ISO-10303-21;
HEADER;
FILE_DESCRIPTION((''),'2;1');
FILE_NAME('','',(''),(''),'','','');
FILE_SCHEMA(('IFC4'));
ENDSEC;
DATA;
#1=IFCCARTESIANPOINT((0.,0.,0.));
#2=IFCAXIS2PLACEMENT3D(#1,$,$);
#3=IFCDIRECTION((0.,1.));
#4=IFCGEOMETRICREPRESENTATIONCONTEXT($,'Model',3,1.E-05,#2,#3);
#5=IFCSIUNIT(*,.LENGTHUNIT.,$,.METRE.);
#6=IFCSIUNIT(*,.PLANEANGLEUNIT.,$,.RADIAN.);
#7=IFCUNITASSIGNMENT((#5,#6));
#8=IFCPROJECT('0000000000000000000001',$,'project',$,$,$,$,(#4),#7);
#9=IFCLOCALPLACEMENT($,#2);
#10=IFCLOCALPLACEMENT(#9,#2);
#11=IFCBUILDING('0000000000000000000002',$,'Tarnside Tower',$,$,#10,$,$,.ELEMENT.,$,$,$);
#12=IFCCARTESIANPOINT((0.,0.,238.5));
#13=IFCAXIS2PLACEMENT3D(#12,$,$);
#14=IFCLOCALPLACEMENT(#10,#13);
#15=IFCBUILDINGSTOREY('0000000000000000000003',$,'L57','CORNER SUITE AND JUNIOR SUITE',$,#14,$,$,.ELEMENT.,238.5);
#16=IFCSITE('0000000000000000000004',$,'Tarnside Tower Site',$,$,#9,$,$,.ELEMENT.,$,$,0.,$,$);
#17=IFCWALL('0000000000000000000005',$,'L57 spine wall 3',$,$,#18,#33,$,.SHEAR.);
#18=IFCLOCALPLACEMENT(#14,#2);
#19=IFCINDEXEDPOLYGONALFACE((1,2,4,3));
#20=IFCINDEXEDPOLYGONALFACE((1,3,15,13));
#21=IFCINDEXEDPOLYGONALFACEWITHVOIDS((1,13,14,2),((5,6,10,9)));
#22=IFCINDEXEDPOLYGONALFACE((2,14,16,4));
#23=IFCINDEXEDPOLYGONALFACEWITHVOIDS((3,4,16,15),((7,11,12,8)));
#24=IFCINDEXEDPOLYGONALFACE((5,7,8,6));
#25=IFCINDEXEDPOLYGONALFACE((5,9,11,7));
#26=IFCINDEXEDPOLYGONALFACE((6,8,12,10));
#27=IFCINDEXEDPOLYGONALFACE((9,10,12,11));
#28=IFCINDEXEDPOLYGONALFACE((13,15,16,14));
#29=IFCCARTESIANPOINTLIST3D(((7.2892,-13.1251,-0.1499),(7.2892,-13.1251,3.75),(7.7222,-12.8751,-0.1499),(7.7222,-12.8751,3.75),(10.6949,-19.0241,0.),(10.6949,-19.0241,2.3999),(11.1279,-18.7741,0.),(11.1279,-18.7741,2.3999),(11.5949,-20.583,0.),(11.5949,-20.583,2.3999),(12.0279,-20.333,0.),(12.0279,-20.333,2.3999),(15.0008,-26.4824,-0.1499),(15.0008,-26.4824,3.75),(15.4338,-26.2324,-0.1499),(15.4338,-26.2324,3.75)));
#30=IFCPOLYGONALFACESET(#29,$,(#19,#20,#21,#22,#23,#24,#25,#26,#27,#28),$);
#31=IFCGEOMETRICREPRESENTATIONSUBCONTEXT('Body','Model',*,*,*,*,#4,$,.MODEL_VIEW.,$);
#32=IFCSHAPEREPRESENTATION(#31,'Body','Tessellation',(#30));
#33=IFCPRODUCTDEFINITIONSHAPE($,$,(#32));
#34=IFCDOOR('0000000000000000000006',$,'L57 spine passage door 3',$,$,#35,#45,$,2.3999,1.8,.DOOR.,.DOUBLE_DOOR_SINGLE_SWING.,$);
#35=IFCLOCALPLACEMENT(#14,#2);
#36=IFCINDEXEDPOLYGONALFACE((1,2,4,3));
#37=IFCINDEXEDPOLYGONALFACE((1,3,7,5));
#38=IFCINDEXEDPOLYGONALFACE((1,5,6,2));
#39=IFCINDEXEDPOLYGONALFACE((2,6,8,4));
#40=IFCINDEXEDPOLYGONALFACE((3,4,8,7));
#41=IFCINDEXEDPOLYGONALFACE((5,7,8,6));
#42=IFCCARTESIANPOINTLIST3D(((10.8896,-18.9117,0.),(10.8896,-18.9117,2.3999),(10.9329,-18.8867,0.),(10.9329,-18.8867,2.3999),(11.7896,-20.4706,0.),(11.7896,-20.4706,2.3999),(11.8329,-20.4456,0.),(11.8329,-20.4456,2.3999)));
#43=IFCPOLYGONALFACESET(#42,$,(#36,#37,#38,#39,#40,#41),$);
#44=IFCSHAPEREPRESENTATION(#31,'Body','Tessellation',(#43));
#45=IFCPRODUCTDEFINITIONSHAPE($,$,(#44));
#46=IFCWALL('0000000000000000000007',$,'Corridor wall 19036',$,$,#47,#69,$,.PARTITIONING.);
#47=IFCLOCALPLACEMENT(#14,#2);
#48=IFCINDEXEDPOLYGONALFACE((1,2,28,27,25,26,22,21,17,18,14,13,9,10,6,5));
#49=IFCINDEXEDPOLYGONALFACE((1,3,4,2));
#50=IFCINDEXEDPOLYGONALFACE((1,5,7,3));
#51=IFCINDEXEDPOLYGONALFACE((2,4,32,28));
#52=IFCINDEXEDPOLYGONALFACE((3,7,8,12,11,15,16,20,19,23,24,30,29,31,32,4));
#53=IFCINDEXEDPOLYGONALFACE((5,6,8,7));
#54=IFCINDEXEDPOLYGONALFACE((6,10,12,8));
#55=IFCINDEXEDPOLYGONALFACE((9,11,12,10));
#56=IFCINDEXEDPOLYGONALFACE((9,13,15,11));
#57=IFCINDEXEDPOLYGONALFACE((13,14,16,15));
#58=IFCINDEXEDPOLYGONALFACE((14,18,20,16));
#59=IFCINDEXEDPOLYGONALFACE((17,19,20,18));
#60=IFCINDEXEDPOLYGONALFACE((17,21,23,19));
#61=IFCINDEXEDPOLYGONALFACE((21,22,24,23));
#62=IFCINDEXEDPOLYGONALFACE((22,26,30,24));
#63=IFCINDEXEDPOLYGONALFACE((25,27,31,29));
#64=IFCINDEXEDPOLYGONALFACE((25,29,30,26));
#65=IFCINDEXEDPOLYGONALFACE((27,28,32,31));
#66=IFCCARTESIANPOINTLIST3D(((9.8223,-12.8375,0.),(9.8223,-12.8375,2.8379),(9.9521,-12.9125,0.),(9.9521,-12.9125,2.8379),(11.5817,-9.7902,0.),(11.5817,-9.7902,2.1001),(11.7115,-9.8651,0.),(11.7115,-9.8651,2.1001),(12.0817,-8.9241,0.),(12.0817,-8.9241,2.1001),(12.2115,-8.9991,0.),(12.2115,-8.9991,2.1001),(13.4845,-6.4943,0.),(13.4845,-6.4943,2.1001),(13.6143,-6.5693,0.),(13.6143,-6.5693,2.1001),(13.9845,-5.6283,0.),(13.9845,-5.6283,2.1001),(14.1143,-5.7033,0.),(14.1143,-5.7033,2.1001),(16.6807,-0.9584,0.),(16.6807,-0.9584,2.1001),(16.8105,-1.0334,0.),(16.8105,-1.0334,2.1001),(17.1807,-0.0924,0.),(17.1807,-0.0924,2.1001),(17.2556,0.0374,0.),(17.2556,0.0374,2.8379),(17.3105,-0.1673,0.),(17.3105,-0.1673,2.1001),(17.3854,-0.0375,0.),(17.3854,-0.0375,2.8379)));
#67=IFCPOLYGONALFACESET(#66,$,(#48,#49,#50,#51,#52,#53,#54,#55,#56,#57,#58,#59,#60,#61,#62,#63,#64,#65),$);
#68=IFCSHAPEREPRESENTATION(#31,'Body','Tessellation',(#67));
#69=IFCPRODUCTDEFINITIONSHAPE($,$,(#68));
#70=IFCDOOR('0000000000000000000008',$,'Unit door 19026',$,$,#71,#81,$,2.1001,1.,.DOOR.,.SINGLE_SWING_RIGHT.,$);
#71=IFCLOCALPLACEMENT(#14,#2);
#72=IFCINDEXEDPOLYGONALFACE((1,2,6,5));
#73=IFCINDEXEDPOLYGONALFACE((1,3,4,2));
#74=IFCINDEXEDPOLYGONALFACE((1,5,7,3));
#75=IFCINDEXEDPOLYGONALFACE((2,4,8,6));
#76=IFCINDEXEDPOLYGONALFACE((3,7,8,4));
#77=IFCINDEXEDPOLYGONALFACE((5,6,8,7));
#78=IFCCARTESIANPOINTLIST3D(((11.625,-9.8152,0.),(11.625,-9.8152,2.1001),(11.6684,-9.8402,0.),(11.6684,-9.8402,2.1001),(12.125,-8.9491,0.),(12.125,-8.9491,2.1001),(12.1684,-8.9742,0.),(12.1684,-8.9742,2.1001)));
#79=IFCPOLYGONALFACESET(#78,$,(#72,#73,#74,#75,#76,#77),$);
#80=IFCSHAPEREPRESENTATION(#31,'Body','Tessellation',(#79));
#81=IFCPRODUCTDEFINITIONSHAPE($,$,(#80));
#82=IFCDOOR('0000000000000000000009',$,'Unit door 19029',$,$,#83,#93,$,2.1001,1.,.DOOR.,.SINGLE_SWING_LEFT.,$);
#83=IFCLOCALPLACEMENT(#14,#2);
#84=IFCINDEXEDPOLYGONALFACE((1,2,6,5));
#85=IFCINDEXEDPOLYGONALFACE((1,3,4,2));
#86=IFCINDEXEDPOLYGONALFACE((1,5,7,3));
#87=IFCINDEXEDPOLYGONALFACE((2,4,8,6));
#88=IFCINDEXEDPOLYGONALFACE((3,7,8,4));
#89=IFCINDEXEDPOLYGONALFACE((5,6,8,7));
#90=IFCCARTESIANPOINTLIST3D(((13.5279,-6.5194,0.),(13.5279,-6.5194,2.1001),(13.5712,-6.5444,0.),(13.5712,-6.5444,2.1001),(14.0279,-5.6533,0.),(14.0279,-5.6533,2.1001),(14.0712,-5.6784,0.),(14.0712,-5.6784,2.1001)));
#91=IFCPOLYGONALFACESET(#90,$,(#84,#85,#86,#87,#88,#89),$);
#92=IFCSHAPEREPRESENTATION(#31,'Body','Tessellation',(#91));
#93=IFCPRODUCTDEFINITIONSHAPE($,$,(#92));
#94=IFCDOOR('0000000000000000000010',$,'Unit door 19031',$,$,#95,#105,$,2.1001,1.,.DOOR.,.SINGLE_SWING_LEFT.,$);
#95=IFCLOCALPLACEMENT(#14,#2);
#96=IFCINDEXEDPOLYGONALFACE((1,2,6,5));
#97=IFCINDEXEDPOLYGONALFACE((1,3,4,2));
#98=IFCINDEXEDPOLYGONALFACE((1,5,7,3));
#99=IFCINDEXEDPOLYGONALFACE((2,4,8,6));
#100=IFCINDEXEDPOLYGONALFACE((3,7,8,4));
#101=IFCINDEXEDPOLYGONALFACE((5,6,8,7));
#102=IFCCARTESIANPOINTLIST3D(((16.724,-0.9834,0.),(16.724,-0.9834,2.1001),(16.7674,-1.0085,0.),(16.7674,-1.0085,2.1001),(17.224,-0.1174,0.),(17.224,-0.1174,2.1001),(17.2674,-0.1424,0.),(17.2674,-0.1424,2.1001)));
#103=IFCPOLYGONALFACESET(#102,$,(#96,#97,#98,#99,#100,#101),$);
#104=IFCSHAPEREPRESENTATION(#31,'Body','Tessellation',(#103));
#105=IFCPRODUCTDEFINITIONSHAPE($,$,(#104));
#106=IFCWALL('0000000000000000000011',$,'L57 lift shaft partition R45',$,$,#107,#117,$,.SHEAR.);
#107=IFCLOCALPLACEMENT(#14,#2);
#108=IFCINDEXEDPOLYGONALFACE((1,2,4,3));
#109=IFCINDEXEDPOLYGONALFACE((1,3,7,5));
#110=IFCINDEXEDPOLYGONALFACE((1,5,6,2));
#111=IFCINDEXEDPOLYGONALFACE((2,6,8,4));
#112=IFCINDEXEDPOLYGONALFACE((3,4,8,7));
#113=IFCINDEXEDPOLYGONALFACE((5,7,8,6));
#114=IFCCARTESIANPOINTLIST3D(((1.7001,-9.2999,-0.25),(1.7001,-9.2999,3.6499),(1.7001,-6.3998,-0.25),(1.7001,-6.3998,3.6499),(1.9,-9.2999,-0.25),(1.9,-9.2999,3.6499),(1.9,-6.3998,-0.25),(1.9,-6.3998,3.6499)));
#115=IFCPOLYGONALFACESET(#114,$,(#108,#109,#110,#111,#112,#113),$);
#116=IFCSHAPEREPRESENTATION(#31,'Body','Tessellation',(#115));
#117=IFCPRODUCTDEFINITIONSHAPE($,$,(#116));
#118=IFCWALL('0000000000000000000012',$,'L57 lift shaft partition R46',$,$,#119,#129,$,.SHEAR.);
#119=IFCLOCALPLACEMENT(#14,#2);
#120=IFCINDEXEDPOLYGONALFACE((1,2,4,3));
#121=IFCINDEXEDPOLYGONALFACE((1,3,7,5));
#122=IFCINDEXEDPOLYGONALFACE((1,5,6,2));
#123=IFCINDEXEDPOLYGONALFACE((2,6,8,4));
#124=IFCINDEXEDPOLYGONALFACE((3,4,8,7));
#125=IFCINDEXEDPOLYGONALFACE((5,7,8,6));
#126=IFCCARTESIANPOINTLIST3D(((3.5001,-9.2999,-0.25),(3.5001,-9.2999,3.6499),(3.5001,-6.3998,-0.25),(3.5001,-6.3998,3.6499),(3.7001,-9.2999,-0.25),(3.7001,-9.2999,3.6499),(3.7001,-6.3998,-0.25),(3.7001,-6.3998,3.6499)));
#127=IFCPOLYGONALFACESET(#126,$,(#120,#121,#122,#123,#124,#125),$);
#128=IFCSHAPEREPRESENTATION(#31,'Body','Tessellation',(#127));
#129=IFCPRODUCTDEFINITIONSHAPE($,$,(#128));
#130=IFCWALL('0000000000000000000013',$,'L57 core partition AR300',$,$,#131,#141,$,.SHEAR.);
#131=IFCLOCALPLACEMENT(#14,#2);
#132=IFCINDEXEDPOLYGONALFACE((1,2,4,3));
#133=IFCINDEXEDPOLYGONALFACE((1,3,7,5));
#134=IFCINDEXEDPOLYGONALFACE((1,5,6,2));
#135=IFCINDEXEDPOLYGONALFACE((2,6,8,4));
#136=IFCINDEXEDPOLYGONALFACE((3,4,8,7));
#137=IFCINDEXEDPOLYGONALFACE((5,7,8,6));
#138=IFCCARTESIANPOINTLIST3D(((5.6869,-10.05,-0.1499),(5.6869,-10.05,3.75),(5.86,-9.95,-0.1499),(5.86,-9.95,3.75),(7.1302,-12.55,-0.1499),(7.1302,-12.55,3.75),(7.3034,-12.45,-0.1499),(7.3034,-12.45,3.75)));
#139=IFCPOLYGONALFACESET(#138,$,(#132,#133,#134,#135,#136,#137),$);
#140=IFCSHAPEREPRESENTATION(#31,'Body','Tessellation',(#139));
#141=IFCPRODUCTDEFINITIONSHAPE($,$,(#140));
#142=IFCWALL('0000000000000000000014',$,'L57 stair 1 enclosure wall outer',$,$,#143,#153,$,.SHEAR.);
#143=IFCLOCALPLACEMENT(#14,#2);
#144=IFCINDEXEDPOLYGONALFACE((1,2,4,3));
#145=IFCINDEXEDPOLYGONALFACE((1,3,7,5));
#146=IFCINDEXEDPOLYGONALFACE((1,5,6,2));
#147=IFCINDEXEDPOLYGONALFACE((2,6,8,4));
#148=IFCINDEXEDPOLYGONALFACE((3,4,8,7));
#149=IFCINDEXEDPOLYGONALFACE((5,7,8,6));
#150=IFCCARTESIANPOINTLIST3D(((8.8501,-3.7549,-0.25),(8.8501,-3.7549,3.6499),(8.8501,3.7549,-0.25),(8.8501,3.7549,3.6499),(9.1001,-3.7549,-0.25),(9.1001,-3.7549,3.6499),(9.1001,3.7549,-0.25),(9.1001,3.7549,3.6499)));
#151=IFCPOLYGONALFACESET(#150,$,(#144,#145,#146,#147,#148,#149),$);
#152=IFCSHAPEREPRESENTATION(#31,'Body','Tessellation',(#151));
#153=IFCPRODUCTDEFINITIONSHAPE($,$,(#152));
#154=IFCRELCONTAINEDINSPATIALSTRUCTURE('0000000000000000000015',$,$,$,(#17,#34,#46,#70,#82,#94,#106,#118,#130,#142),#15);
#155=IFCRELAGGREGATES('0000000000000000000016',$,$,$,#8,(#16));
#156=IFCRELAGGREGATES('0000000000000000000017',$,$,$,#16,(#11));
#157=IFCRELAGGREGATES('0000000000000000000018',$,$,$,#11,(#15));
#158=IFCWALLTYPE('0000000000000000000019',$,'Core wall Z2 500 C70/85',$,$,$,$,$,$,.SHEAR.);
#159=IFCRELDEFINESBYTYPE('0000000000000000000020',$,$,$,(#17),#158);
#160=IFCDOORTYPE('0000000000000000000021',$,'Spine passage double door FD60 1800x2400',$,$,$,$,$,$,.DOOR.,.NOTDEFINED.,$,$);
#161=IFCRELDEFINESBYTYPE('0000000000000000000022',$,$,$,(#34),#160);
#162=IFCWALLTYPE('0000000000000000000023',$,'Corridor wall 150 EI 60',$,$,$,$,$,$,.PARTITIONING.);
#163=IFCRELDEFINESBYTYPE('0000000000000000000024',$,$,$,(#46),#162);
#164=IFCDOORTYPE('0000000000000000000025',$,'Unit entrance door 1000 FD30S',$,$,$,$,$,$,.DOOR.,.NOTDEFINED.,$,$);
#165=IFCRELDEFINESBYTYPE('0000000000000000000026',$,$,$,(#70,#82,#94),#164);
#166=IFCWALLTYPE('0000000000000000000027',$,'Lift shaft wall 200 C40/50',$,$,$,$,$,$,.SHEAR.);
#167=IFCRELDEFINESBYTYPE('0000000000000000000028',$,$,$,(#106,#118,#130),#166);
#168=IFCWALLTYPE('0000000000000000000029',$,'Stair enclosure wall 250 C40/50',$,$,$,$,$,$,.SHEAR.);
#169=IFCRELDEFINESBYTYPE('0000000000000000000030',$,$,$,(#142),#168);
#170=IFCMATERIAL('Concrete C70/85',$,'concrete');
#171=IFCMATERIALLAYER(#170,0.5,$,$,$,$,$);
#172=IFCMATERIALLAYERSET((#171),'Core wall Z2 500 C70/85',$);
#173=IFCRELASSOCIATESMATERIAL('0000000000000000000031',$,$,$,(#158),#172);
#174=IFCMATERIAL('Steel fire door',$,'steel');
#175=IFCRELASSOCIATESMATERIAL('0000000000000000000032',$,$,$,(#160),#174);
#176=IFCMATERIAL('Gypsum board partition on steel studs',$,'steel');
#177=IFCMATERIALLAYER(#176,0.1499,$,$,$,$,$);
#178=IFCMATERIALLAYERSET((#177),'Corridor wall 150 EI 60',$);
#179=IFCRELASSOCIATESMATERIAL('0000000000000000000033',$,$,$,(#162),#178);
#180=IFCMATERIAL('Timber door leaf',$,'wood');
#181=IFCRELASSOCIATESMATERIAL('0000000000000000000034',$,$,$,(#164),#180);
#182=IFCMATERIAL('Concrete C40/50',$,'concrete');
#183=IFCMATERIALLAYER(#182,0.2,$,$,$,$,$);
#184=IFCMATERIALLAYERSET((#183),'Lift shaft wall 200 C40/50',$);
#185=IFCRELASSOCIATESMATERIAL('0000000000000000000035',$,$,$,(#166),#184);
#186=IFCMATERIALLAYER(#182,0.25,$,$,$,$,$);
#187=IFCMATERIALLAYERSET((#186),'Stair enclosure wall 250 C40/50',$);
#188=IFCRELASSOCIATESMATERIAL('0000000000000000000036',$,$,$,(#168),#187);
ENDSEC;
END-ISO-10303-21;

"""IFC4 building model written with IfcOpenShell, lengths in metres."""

from ifc_helpers import new_model, si_unit, direction, frame, frame_2d, origin, place, context, subcontext, project, spatial, rectangle, extrude, material, layer, layer_set, type_object, element, fill, save


model = new_model("IFC4")

# Units and contexts
model_context = context("Model", 3, precision=1e-05, world=origin(), true_north=direction((0.0, 1.0)))
body_context = subcontext(model_context, "Body", "Model", "MODEL_VIEW")
ifc_project = project(units=[si_unit("LENGTHUNIT", "METRE"), si_unit("PLANEANGLEUNIT", "RADIAN")], contexts=[model_context])

# Site, building, storey
site_placement = place(None, origin())
site = spatial("IfcSite", under=ifc_project, at=site_placement, Name="Tarnside Tower Site", CompositionType="ELEMENT", RefElevation=0.0)
building_placement = place(site_placement, origin())
building = spatial("IfcBuilding", under=site, at=building_placement, Name="Tarnside Tower", CompositionType="ELEMENT")
storey_placement = place(building_placement, frame((0.0, 0.0, 238.5)))
storey = spatial("IfcBuildingStorey", under=building, at=storey_placement, Name="L57", Description="CORNER SUITE AND JUNIOR SUITE", CompositionType="ELEMENT", Elevation=238.5)

# Shared definitions
ifc_material_1 = material(Name="Gypsum board partition on steel studs", Category="steel")
ifc_material_2 = material(Name="Timber door leaf", Category="wood")

# Wall, opening, door
ifc_material_3 = material(Name="Steel fire door", Category="steel")
ifc_material_4 = material(Name="Concrete C40/50", Category="concrete")
ifc_material_5 = material(Name="Concrete C70/85", Category="concrete")
ifc_layer_1 = layer(ifc_material_5, 0.5)
ifc_layer_set_1 = layer_set([ifc_layer_1], Name="Core wall Z2 500 C70/85")
wall_type_1 = type_object("IfcWallType", Name="Core wall Z2 500 C70/85", PredefinedType="SHEAR", material=ifc_layer_set_1)
wall_1_placement = place(storey_placement, frame((7.5056, -13.0, -0.1499), z_axis=(0.0, 0.0, 1.0), x_axis=(0.499988, -0.866032, 0.0)))
wall_1 = element("IfcWall", 1, at=wall_1_placement, inside=storey, type_object=wall_type_1, Name="L57 spine wall 3", PredefinedType="SHEAR", context=body_context, shape_type="SweptSolid", body=[
    extrude(rectangle(XDim=15.4236, YDim=0.5, at=frame_2d((7.7119, 0.0))), origin(), (0.0, 0.0, 1.0), 3.8999),
])
opening_1_placement = place(wall_1_placement, frame((6.8118, 0.0, 0.1499)))
opening_1 = element("IfcOpeningElement", 2, at=opening_1_placement, cuts=wall_1, PredefinedType="OPENING", context=body_context, shape_type="SweptSolid", body=[
    extrude(rectangle(XDim=1.8, YDim=2.3999, at=frame_2d((0.8999, 1.2))), frame((0.0, 0.26, 0.0), z_axis=(0.0, -1.0, 0.0), x_axis=(1.0, 0.0, 0.0)), (0.0, 0.0, 1.0), 0.52),
])
door_type_1 = type_object("IfcDoorType", Name="Spine passage double door FD60 1800x2400", OperationType="NOTDEFINED", PredefinedType="DOOR", material=ifc_material_3)
door_1_placement = place(opening_1_placement, origin())
door_1 = element("IfcDoor", 3, at=door_1_placement, inside=storey, type_object=door_type_1, Name="L57 spine passage door 3", OperationType="DOUBLE_DOOR_SINGLE_SWING", OverallHeight=2.3999, OverallWidth=1.8, PredefinedType="DOOR", context=body_context, shape_type="SweptSolid", body=[
    extrude(rectangle(XDim=1.8, YDim=2.3999, at=frame_2d((0.8999, 1.2))), frame((0.0, 0.0249, 0.0), z_axis=(0.0, -1.0, 0.0), x_axis=(1.0, 0.0, 0.0)), (0.0, 0.0, 1.0), 0.05),
])
fill(opening_1, door_1)

# Wall, openings, doors
ifc_layer_2 = layer(ifc_material_1, 0.1499)
ifc_layer_set_2 = layer_set([ifc_layer_2], Name="Corridor wall 150 EI 60")
wall_type_2 = type_object("IfcWallType", Name="Corridor wall 150 EI 60", PredefinedType="PARTITIONING", material=ifc_layer_set_2)
wall_2_placement = place(storey_placement, frame((9.8872, -12.875, 0.0), z_axis=(0.0, 0.0, 1.0), x_axis=(0.499998, 0.866026, 0.0)))
wall_2 = element("IfcWall", 4, at=wall_2_placement, inside=storey, type_object=wall_type_2, Name="Corridor wall 19036", PredefinedType="PARTITIONING", context=body_context, shape_type="SweptSolid", body=[
    extrude(rectangle(XDim=14.8667, YDim=0.1499, at=frame_2d((7.4333, 0.0))), origin(), (0.0, 0.0, 1.0), 2.8379),
])
opening_2_placement = place(wall_2_placement, frame((3.5188, 0.0, 0.0)))
opening_2 = element("IfcOpeningElement", 5, at=opening_2_placement, cuts=wall_2, PredefinedType="OPENING", context=body_context, shape_type="SweptSolid", body=[
    extrude(rectangle(XDim=1.0, YDim=2.1001, at=frame_2d((0.5, 1.05))), frame((0.0, 0.085, 0.0), z_axis=(0.0, -1.0, 0.0), x_axis=(1.0, 0.0, 0.0)), (0.0, 0.0, 1.0), 0.1699),
])
opening_3_placement = place(wall_2_placement, frame((7.3245, 0.0, 0.0)))
opening_3 = element("IfcOpeningElement", 6, at=opening_3_placement, cuts=wall_2, PredefinedType="OPENING", context=body_context, shape_type="SweptSolid", body=[
    extrude(rectangle(XDim=1.0, YDim=2.1001, at=frame_2d((0.5, 1.05))), frame((0.0, 0.085, 0.0), z_axis=(0.0, -1.0, 0.0), x_axis=(1.0, 0.0, 0.0)), (0.0, 0.0, 1.0), 0.1699),
])
opening_4_placement = place(wall_2_placement, frame((13.7168, 0.0, 0.0)))
opening_4 = element("IfcOpeningElement", 7, at=opening_4_placement, cuts=wall_2, PredefinedType="OPENING", context=body_context, shape_type="SweptSolid", body=[
    extrude(rectangle(XDim=1.0, YDim=2.1001, at=frame_2d((0.5, 1.05))), frame((0.0, 0.085, 0.0), z_axis=(0.0, -1.0, 0.0), x_axis=(1.0, 0.0, 0.0)), (0.0, 0.0, 1.0), 0.1699),
])
door_type_2 = type_object("IfcDoorType", Name="Unit entrance door 1000 FD30S", OperationType="NOTDEFINED", PredefinedType="DOOR", material=ifc_material_2)
door_2_placement = place(opening_2_placement, origin())
door_2 = element("IfcDoor", 8, at=door_2_placement, inside=storey, type_object=door_type_2, Name="Unit door 19026", OperationType="SINGLE_SWING_RIGHT", OverallHeight=2.1001, OverallWidth=1.0, PredefinedType="DOOR", context=body_context, shape_type="SweptSolid", body=[
    extrude(rectangle(XDim=1.0, YDim=2.1001, at=frame_2d((0.5, 1.05))), frame((0.0, 0.0249, 0.0), z_axis=(0.0, -1.0, 0.0), x_axis=(1.0, 0.0, 0.0)), (0.0, 0.0, 1.0), 0.05),
])
fill(opening_2, door_2)
door_3_placement = place(opening_3_placement, origin())
door_3 = element("IfcDoor", 9, at=door_3_placement, inside=storey, type_object=door_type_2, Name="Unit door 19029", OperationType="SINGLE_SWING_LEFT", OverallHeight=2.1001, OverallWidth=1.0, PredefinedType="DOOR", context=body_context, shape_type="SweptSolid", body=[
    extrude(rectangle(XDim=1.0, YDim=2.1001, at=frame_2d((0.5, 1.05))), frame((0.0, 0.0249, 0.0), z_axis=(0.0, -1.0, 0.0), x_axis=(1.0, 0.0, 0.0)), (0.0, 0.0, 1.0), 0.05),
])
fill(opening_3, door_3)
door_4_placement = place(opening_4_placement, origin())
door_4 = element("IfcDoor", 10, at=door_4_placement, inside=storey, type_object=door_type_2, Name="Unit door 19031", OperationType="SINGLE_SWING_LEFT", OverallHeight=2.1001, OverallWidth=1.0, PredefinedType="DOOR", context=body_context, shape_type="SweptSolid", body=[
    extrude(rectangle(XDim=1.0, YDim=2.1001, at=frame_2d((0.5, 1.05))), frame((0.0, 0.0249, 0.0), z_axis=(0.0, -1.0, 0.0), x_axis=(1.0, 0.0, 0.0)), (0.0, 0.0, 1.0), 0.05),
])
fill(opening_4, door_4)

# Walls
ifc_layer_3 = layer(ifc_material_4, 0.2)
ifc_layer_set_3 = layer_set([ifc_layer_3], Name="Lift shaft wall 200 C40/50")
wall_type_3 = type_object("IfcWallType", Name="Lift shaft wall 200 C40/50", PredefinedType="SHEAR", material=ifc_layer_set_3)
for number, where, z_axis, x_axis, name in (
    (11, (1.8, -9.3, -0.25), (0.0, 0.0, 1.0), (0.0, 1.0, 0.0), "L57 lift shaft partition R45"),
    (12, (3.6001, -9.3, -0.25), (0.0, 0.0, 1.0), (0.0, 1.0, 0.0), "L57 lift shaft partition R46"),
):
    element("IfcWall", number, at=place(storey_placement, frame(where, z_axis=z_axis, x_axis=x_axis)), inside=storey, type_object=wall_type_3, Name=name, PredefinedType="SHEAR", context=body_context, shape_type="SweptSolid", body=[
        extrude(rectangle(XDim=2.9001, YDim=0.2, at=frame_2d((1.4502, 0.0))), origin(), (0.0, 0.0, 1.0), 3.8999),
    ])
wall_3_placement = place(storey_placement, frame((5.7734, -10.0, -0.1499), z_axis=(0.0, 0.0, 1.0), x_axis=(0.499996, -0.866028, 0.0)))
element("IfcWall", 13, at=wall_3_placement, inside=storey, type_object=wall_type_3, Name="L57 core partition AR300", PredefinedType="SHEAR", context=body_context, shape_type="SweptSolid", body=[
    extrude(rectangle(XDim=2.8867, YDim=0.2, at=frame_2d((1.4434, 0.0))), origin(), (0.0, 0.0, 1.0), 3.8999),
])
ifc_layer_4 = layer(ifc_material_4, 0.25)
ifc_layer_set_4 = layer_set([ifc_layer_4], Name="Stair enclosure wall 250 C40/50")
wall_type_4 = type_object("IfcWallType", Name="Stair enclosure wall 250 C40/50", PredefinedType="SHEAR", material=ifc_layer_set_4)
wall_4_placement = place(storey_placement, frame((8.9751, -3.7549, -0.25), z_axis=(0.0, 0.0, 1.0), x_axis=(0.0, 1.0, 0.0)))
element("IfcWall", 14, at=wall_4_placement, inside=storey, type_object=wall_type_4, Name="L57 stair 1 enclosure wall outer", PredefinedType="SHEAR", context=body_context, shape_type="SweptSolid", body=[
    extrude(rectangle(XDim=7.5098, YDim=0.25, at=frame_2d((3.7549, 0.0))), origin(), (0.0, 0.0, 1.0), 3.8999),
])

save(model, "model.ifc")
